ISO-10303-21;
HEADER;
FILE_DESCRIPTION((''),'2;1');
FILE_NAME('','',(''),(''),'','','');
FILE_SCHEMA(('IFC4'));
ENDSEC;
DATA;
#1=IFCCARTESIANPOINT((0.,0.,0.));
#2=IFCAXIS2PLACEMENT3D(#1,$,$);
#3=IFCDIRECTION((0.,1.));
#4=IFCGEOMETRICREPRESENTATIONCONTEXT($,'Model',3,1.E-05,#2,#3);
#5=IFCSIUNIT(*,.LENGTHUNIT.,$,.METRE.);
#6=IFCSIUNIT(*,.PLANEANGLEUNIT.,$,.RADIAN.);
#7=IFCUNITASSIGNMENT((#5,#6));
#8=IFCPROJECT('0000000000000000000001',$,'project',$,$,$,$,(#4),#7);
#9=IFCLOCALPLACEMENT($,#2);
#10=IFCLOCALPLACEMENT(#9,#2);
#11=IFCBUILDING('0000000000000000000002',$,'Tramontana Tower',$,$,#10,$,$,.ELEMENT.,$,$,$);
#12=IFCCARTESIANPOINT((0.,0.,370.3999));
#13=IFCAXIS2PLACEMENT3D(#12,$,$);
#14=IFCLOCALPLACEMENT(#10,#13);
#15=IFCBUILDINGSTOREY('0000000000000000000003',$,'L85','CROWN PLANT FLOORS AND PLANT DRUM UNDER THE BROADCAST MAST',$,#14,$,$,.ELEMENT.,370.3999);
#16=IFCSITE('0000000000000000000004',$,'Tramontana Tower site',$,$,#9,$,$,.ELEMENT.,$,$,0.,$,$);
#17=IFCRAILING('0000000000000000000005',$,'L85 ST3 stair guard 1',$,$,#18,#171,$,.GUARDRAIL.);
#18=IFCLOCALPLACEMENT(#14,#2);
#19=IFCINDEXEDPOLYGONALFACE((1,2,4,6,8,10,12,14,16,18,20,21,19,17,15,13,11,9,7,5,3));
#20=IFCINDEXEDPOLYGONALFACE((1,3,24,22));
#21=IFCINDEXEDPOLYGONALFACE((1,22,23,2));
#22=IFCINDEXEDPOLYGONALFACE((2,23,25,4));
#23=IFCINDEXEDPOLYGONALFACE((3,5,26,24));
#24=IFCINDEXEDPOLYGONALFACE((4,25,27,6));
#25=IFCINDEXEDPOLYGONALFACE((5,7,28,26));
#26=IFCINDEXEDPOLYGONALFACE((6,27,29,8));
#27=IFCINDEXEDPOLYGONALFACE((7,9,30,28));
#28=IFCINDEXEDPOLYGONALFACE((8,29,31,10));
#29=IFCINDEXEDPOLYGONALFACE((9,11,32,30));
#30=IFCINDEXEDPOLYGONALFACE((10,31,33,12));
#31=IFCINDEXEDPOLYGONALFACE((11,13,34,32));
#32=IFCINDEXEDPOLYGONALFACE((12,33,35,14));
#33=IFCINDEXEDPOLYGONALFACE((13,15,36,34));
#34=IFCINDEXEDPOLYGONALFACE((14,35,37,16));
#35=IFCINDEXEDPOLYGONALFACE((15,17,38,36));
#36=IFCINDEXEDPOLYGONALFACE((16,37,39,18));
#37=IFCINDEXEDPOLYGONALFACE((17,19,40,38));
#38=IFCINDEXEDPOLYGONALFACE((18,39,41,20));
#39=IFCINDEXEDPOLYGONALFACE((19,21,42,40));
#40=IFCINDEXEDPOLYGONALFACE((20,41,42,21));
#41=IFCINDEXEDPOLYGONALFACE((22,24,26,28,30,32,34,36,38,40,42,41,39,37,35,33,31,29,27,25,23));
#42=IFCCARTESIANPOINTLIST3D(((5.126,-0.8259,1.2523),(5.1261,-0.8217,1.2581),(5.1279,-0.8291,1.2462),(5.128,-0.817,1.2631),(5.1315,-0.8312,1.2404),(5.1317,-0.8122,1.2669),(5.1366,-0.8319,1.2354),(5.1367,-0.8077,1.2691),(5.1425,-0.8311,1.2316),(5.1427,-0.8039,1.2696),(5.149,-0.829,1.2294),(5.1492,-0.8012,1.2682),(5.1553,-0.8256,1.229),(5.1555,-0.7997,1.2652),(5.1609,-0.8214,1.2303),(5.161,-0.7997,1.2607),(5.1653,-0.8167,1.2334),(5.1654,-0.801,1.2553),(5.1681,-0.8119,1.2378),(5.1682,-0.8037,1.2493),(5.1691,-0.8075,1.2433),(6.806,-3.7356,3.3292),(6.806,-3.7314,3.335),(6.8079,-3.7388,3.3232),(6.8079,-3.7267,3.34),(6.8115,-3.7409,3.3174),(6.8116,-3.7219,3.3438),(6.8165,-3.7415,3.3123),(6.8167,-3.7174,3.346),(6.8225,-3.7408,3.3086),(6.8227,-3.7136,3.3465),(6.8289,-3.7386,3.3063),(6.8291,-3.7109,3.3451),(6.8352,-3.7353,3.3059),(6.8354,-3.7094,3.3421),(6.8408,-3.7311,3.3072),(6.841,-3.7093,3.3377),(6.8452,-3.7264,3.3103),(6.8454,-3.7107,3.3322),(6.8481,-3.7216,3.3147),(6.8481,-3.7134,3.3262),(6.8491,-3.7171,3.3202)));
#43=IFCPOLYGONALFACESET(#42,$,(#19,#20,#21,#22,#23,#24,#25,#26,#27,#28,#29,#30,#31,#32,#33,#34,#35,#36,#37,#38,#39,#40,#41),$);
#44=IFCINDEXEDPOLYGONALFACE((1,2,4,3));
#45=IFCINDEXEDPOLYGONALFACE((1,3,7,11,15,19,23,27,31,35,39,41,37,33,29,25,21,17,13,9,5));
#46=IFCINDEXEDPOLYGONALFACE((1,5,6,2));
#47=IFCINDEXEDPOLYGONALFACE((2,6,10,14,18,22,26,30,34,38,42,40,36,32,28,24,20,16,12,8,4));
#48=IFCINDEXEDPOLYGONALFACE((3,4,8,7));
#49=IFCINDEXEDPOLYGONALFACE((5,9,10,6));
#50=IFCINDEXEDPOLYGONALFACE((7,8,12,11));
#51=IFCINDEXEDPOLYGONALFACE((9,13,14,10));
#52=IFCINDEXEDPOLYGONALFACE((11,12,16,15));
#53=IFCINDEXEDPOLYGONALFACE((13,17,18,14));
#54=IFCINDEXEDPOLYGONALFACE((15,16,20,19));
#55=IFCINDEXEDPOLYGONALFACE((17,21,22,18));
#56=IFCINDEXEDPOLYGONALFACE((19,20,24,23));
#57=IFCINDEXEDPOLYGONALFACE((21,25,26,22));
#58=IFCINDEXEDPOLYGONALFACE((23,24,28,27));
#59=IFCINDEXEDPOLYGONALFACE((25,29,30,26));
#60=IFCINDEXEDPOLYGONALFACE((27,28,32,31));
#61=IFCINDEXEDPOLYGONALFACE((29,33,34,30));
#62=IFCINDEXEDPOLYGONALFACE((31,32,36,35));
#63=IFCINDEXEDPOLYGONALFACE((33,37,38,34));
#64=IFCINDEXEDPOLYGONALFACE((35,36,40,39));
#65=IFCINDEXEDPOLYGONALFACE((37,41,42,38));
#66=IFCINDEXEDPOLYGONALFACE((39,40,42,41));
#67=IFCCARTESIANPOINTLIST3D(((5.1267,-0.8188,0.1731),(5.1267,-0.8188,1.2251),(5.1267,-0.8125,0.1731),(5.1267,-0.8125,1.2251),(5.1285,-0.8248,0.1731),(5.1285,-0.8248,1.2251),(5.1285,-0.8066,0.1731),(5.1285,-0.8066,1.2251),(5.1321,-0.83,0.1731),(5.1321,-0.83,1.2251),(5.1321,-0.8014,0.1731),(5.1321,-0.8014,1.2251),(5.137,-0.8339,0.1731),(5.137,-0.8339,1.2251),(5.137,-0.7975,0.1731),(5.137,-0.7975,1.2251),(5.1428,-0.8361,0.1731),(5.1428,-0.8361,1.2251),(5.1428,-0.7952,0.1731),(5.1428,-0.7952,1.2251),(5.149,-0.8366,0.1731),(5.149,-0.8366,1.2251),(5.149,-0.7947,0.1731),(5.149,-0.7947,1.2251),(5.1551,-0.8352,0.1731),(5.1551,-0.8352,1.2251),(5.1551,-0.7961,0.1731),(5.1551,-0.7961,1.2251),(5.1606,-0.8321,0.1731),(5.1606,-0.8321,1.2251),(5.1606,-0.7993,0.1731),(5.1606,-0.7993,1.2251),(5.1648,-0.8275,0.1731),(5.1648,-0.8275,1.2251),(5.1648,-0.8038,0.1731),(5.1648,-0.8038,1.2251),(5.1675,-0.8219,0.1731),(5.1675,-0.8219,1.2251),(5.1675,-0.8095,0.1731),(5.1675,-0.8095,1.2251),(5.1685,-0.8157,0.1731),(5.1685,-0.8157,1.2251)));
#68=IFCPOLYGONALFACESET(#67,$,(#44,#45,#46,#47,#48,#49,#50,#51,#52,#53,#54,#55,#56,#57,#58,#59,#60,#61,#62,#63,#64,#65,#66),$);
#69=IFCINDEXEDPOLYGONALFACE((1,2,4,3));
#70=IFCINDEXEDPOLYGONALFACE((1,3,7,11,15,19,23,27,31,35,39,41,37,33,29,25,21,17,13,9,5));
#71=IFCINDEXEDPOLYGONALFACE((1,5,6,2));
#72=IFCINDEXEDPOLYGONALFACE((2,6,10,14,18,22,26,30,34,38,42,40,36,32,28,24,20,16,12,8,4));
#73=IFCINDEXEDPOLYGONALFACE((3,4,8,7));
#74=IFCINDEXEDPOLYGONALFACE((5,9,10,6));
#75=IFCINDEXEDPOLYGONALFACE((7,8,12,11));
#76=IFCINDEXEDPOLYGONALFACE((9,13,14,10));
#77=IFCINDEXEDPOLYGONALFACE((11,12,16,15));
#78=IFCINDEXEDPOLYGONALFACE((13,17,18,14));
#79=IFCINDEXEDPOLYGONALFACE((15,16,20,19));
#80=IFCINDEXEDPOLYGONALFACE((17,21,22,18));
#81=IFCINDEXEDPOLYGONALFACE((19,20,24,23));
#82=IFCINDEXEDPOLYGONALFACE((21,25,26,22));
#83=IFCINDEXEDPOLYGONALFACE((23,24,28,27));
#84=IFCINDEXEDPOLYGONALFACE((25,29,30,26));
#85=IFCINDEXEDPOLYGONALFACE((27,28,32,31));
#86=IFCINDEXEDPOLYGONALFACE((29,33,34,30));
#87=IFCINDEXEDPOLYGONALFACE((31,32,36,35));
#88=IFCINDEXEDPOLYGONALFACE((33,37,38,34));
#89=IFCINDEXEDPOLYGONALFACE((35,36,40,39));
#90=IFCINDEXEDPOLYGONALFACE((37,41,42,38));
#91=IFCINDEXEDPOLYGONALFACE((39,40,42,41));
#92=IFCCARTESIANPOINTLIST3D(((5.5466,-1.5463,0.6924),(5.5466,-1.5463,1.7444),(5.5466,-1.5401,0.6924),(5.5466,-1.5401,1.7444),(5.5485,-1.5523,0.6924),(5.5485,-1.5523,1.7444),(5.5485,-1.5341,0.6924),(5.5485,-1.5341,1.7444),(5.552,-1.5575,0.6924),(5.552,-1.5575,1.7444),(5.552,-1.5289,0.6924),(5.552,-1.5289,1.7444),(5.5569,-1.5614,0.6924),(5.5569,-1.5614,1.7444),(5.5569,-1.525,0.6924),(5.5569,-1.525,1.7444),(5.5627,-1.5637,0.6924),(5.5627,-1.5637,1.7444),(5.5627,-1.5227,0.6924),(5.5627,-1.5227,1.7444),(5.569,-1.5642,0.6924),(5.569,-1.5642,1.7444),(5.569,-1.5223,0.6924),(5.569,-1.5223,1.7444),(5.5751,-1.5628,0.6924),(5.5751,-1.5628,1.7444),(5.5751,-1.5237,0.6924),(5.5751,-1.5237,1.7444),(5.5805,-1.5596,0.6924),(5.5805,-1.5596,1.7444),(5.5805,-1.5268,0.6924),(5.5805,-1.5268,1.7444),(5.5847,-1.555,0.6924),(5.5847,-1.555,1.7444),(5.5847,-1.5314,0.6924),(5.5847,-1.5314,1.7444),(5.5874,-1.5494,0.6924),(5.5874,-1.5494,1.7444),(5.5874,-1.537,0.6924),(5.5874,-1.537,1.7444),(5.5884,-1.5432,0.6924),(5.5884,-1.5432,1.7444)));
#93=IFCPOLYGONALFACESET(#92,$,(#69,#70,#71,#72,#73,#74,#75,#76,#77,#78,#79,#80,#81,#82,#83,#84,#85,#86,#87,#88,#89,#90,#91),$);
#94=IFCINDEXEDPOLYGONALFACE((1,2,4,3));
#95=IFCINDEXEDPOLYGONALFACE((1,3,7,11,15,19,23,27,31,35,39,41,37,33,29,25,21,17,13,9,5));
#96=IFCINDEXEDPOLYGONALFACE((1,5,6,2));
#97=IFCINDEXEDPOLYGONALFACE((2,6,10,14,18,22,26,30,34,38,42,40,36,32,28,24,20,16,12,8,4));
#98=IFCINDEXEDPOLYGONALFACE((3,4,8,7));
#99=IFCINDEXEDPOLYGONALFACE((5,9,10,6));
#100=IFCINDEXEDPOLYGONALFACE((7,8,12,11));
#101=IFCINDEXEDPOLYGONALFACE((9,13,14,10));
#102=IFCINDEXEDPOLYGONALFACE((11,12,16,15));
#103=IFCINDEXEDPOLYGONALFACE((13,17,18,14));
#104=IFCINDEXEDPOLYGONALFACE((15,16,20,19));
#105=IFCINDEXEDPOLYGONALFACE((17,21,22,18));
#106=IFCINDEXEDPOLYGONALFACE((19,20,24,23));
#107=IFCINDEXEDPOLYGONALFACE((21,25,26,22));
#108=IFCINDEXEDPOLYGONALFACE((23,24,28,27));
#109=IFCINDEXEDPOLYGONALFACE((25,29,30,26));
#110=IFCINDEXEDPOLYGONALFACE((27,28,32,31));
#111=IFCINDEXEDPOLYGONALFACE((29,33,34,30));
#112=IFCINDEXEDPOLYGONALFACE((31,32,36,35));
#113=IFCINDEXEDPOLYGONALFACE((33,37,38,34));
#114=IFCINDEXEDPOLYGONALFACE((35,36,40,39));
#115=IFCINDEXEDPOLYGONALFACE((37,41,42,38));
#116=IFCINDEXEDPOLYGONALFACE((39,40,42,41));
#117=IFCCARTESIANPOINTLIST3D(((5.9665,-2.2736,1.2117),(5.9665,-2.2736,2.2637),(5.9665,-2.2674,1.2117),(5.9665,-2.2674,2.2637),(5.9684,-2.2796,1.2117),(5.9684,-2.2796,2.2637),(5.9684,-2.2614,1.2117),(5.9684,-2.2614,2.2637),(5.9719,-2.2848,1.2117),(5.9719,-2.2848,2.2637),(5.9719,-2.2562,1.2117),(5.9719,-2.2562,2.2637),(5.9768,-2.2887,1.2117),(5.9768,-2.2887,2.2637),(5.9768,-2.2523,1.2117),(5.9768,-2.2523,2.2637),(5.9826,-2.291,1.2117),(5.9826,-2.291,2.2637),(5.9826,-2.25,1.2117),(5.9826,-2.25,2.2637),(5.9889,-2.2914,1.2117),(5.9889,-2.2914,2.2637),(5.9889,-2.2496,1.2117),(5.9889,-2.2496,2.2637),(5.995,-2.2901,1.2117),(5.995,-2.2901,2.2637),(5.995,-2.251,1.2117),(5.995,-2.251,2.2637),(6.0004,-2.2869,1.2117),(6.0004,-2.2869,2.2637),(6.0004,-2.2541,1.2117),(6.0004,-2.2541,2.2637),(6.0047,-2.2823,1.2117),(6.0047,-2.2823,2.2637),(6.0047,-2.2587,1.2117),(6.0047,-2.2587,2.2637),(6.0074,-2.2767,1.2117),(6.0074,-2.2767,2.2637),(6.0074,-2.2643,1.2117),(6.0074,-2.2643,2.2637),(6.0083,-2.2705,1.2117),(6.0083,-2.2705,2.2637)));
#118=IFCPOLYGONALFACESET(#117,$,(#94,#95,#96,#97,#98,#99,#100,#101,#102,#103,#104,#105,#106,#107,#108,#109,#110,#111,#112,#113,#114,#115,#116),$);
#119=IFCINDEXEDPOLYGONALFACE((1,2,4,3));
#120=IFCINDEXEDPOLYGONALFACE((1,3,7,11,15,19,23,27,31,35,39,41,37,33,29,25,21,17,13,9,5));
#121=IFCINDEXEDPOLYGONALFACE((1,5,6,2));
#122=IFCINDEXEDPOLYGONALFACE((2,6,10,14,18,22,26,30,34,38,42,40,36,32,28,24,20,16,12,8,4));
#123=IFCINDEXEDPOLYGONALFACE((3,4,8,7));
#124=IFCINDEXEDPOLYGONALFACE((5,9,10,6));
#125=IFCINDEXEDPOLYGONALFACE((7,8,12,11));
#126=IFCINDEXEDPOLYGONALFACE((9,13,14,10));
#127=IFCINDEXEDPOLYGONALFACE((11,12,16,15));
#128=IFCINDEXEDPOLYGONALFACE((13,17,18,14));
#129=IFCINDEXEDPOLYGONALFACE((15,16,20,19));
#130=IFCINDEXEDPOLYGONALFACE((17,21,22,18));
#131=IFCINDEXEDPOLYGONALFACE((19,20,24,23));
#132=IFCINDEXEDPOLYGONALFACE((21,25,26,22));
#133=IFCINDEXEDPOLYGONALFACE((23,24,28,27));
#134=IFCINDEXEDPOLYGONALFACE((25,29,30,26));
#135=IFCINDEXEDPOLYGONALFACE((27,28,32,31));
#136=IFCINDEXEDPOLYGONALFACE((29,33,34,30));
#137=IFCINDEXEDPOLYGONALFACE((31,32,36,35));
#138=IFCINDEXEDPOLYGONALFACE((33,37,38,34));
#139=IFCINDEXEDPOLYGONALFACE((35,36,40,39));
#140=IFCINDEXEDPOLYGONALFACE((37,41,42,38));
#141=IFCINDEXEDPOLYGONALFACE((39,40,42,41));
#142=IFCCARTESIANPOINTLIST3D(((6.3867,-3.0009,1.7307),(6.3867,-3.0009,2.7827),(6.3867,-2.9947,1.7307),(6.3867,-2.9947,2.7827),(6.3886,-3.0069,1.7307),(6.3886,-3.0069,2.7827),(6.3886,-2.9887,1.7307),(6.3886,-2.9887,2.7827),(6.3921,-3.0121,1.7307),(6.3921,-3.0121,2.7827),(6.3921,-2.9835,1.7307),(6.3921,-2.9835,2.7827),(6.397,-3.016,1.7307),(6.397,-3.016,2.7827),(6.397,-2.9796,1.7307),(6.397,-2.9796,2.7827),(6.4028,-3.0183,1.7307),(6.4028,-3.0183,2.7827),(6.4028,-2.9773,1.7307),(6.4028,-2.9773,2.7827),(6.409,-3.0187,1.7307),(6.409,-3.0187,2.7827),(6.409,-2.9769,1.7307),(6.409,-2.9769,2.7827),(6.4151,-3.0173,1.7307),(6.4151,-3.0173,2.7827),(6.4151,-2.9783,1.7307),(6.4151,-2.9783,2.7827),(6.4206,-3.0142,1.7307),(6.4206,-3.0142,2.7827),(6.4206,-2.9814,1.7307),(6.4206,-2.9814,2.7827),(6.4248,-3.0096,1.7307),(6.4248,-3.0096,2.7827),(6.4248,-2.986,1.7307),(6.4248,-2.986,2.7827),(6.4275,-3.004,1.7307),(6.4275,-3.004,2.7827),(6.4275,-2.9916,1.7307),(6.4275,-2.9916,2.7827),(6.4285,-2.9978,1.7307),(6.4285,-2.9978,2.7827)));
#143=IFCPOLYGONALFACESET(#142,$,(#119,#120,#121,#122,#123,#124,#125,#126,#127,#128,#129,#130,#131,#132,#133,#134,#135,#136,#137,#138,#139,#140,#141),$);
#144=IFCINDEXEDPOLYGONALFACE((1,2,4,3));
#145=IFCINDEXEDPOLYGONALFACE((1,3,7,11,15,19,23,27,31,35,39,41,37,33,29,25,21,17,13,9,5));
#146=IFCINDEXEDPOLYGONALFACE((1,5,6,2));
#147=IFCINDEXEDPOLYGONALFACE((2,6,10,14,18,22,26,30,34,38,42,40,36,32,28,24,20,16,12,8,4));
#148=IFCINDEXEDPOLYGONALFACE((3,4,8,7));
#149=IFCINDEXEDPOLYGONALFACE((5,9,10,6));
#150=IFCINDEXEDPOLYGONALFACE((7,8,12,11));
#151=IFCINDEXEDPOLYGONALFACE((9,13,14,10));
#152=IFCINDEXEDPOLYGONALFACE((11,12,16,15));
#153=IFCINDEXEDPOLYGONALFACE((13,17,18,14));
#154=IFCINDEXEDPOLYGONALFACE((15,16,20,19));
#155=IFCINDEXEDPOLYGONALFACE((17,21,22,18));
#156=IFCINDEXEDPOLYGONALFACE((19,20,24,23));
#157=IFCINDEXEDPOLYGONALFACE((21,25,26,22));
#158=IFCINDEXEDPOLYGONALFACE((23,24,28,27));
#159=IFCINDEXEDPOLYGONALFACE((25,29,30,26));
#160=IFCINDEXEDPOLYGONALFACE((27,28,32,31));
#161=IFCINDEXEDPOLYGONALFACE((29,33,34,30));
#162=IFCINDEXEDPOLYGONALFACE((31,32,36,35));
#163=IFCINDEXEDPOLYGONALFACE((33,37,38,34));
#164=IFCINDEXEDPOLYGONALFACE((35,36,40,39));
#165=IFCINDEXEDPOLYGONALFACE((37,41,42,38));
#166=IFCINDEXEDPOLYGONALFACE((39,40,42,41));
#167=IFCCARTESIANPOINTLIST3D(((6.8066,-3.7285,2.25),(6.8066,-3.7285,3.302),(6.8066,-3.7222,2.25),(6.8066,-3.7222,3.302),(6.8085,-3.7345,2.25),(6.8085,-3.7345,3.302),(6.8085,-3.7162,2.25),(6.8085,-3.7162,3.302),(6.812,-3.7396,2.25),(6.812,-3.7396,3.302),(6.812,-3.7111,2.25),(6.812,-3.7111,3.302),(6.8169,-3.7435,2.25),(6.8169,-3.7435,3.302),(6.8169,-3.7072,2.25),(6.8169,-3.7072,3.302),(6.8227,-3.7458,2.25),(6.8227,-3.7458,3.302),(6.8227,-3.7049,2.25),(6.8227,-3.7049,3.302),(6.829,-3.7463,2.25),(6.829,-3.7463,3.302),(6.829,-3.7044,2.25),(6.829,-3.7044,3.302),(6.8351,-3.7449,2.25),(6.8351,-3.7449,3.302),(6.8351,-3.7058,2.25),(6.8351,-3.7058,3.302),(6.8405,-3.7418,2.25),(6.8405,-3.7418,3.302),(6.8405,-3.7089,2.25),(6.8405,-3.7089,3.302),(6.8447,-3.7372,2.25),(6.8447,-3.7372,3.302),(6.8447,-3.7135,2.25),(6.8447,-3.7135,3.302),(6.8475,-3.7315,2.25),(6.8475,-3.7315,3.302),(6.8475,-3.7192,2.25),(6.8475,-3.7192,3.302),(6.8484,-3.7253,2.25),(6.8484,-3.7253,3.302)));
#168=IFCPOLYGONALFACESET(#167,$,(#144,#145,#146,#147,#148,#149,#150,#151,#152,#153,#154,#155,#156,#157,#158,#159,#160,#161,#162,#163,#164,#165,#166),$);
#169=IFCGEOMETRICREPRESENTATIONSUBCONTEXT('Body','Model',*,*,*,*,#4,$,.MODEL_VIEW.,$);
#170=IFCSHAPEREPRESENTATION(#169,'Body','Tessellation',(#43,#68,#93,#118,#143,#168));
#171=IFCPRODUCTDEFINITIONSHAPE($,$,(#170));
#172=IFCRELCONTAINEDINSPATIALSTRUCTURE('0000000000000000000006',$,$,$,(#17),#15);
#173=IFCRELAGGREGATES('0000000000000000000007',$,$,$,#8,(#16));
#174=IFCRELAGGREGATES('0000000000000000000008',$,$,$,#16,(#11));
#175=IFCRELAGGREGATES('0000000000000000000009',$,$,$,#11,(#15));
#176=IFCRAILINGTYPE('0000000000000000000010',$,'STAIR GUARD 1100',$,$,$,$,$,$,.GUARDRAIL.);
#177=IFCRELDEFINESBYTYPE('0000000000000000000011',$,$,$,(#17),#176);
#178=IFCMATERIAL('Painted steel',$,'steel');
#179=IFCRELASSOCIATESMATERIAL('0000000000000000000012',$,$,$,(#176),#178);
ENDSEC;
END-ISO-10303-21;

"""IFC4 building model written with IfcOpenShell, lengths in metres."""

from ifc_helpers import new_model, si_unit, direction, frame, origin, origin_2d, place, context, subcontext, project, spatial, circle, extrude, material, type_object, element, save


model = new_model("IFC4")

# Units and contexts
model_context = context("Model", 3, precision=1e-05, world=origin(), true_north=direction((0.0, 1.0)))
body_context = subcontext(model_context, "Body", "Model", "MODEL_VIEW")
ifc_project = project(units=[si_unit("LENGTHUNIT", "METRE"), si_unit("PLANEANGLEUNIT", "RADIAN")], contexts=[model_context])

# Site, building, storey
site_placement = place(None, origin())
site = spatial("IfcSite", under=ifc_project, at=site_placement, Name="Tramontana Tower site", CompositionType="ELEMENT", RefElevation=0.0)
building_placement = place(site_placement, origin())
building = spatial("IfcBuilding", under=site, at=building_placement, Name="Tramontana Tower", CompositionType="ELEMENT")
storey_placement = place(building_placement, frame((0.0, 0.0, 370.3999)))
storey = spatial("IfcBuildingStorey", under=building, at=storey_placement, Name="L85", Description="CROWN PLANT FLOORS AND PLANT DRUM UNDER THE BROADCAST MAST", CompositionType="ELEMENT", Elevation=370.3999)

# Railing
ifc_material_1 = material(Name="Painted steel", Category="steel")
railing_type_1 = type_object("IfcRailingType", Name="STAIR GUARD 1100", PredefinedType="GUARDRAIL", material=ifc_material_1)
railing_1_placement = place(storey_placement, frame((5.1475, -0.8157, 0.1731)))
element("IfcRailing", 1, at=railing_1_placement, inside=storey, type_object=railing_type_1, Name="L85 ST3 stair guard 1", PredefinedType="GUARDRAIL", context=body_context, shape_type="SweptSolid", body=[
    extrude(circle(Radius=0.0239, at=origin_2d()), frame((0.0, 0.0, 1.0762), z_axis=(0.425308, -0.73664, 0.525809), x_axis=(0.866021, 0.500008, 0.0)), (0.0, 0.0, 1.0), 3.95),
    extrude(circle(Radius=0.021, at=origin_2d()), origin(), (0.0, 0.0, 1.0), 1.052),
    extrude(circle(Radius=0.021, at=origin_2d()), frame((0.4199, -0.7275, 0.5193)), (0.0, 0.0, 1.0), 1.052),
    extrude(circle(Radius=0.021, at=origin_2d()), frame((0.8398, -1.4548, 1.0386)), (0.0, 0.0, 1.0), 1.052),
    extrude(circle(Radius=0.021, at=origin_2d()), frame((1.26, -2.1821, 1.5576)), (0.0, 0.0, 1.0), 1.052),
    extrude(circle(Radius=0.021, at=origin_2d()), frame((1.6799, -2.9097, 2.0769)), (0.0, 0.0, 1.0), 1.052),
])

save(model, "model.ifc")
